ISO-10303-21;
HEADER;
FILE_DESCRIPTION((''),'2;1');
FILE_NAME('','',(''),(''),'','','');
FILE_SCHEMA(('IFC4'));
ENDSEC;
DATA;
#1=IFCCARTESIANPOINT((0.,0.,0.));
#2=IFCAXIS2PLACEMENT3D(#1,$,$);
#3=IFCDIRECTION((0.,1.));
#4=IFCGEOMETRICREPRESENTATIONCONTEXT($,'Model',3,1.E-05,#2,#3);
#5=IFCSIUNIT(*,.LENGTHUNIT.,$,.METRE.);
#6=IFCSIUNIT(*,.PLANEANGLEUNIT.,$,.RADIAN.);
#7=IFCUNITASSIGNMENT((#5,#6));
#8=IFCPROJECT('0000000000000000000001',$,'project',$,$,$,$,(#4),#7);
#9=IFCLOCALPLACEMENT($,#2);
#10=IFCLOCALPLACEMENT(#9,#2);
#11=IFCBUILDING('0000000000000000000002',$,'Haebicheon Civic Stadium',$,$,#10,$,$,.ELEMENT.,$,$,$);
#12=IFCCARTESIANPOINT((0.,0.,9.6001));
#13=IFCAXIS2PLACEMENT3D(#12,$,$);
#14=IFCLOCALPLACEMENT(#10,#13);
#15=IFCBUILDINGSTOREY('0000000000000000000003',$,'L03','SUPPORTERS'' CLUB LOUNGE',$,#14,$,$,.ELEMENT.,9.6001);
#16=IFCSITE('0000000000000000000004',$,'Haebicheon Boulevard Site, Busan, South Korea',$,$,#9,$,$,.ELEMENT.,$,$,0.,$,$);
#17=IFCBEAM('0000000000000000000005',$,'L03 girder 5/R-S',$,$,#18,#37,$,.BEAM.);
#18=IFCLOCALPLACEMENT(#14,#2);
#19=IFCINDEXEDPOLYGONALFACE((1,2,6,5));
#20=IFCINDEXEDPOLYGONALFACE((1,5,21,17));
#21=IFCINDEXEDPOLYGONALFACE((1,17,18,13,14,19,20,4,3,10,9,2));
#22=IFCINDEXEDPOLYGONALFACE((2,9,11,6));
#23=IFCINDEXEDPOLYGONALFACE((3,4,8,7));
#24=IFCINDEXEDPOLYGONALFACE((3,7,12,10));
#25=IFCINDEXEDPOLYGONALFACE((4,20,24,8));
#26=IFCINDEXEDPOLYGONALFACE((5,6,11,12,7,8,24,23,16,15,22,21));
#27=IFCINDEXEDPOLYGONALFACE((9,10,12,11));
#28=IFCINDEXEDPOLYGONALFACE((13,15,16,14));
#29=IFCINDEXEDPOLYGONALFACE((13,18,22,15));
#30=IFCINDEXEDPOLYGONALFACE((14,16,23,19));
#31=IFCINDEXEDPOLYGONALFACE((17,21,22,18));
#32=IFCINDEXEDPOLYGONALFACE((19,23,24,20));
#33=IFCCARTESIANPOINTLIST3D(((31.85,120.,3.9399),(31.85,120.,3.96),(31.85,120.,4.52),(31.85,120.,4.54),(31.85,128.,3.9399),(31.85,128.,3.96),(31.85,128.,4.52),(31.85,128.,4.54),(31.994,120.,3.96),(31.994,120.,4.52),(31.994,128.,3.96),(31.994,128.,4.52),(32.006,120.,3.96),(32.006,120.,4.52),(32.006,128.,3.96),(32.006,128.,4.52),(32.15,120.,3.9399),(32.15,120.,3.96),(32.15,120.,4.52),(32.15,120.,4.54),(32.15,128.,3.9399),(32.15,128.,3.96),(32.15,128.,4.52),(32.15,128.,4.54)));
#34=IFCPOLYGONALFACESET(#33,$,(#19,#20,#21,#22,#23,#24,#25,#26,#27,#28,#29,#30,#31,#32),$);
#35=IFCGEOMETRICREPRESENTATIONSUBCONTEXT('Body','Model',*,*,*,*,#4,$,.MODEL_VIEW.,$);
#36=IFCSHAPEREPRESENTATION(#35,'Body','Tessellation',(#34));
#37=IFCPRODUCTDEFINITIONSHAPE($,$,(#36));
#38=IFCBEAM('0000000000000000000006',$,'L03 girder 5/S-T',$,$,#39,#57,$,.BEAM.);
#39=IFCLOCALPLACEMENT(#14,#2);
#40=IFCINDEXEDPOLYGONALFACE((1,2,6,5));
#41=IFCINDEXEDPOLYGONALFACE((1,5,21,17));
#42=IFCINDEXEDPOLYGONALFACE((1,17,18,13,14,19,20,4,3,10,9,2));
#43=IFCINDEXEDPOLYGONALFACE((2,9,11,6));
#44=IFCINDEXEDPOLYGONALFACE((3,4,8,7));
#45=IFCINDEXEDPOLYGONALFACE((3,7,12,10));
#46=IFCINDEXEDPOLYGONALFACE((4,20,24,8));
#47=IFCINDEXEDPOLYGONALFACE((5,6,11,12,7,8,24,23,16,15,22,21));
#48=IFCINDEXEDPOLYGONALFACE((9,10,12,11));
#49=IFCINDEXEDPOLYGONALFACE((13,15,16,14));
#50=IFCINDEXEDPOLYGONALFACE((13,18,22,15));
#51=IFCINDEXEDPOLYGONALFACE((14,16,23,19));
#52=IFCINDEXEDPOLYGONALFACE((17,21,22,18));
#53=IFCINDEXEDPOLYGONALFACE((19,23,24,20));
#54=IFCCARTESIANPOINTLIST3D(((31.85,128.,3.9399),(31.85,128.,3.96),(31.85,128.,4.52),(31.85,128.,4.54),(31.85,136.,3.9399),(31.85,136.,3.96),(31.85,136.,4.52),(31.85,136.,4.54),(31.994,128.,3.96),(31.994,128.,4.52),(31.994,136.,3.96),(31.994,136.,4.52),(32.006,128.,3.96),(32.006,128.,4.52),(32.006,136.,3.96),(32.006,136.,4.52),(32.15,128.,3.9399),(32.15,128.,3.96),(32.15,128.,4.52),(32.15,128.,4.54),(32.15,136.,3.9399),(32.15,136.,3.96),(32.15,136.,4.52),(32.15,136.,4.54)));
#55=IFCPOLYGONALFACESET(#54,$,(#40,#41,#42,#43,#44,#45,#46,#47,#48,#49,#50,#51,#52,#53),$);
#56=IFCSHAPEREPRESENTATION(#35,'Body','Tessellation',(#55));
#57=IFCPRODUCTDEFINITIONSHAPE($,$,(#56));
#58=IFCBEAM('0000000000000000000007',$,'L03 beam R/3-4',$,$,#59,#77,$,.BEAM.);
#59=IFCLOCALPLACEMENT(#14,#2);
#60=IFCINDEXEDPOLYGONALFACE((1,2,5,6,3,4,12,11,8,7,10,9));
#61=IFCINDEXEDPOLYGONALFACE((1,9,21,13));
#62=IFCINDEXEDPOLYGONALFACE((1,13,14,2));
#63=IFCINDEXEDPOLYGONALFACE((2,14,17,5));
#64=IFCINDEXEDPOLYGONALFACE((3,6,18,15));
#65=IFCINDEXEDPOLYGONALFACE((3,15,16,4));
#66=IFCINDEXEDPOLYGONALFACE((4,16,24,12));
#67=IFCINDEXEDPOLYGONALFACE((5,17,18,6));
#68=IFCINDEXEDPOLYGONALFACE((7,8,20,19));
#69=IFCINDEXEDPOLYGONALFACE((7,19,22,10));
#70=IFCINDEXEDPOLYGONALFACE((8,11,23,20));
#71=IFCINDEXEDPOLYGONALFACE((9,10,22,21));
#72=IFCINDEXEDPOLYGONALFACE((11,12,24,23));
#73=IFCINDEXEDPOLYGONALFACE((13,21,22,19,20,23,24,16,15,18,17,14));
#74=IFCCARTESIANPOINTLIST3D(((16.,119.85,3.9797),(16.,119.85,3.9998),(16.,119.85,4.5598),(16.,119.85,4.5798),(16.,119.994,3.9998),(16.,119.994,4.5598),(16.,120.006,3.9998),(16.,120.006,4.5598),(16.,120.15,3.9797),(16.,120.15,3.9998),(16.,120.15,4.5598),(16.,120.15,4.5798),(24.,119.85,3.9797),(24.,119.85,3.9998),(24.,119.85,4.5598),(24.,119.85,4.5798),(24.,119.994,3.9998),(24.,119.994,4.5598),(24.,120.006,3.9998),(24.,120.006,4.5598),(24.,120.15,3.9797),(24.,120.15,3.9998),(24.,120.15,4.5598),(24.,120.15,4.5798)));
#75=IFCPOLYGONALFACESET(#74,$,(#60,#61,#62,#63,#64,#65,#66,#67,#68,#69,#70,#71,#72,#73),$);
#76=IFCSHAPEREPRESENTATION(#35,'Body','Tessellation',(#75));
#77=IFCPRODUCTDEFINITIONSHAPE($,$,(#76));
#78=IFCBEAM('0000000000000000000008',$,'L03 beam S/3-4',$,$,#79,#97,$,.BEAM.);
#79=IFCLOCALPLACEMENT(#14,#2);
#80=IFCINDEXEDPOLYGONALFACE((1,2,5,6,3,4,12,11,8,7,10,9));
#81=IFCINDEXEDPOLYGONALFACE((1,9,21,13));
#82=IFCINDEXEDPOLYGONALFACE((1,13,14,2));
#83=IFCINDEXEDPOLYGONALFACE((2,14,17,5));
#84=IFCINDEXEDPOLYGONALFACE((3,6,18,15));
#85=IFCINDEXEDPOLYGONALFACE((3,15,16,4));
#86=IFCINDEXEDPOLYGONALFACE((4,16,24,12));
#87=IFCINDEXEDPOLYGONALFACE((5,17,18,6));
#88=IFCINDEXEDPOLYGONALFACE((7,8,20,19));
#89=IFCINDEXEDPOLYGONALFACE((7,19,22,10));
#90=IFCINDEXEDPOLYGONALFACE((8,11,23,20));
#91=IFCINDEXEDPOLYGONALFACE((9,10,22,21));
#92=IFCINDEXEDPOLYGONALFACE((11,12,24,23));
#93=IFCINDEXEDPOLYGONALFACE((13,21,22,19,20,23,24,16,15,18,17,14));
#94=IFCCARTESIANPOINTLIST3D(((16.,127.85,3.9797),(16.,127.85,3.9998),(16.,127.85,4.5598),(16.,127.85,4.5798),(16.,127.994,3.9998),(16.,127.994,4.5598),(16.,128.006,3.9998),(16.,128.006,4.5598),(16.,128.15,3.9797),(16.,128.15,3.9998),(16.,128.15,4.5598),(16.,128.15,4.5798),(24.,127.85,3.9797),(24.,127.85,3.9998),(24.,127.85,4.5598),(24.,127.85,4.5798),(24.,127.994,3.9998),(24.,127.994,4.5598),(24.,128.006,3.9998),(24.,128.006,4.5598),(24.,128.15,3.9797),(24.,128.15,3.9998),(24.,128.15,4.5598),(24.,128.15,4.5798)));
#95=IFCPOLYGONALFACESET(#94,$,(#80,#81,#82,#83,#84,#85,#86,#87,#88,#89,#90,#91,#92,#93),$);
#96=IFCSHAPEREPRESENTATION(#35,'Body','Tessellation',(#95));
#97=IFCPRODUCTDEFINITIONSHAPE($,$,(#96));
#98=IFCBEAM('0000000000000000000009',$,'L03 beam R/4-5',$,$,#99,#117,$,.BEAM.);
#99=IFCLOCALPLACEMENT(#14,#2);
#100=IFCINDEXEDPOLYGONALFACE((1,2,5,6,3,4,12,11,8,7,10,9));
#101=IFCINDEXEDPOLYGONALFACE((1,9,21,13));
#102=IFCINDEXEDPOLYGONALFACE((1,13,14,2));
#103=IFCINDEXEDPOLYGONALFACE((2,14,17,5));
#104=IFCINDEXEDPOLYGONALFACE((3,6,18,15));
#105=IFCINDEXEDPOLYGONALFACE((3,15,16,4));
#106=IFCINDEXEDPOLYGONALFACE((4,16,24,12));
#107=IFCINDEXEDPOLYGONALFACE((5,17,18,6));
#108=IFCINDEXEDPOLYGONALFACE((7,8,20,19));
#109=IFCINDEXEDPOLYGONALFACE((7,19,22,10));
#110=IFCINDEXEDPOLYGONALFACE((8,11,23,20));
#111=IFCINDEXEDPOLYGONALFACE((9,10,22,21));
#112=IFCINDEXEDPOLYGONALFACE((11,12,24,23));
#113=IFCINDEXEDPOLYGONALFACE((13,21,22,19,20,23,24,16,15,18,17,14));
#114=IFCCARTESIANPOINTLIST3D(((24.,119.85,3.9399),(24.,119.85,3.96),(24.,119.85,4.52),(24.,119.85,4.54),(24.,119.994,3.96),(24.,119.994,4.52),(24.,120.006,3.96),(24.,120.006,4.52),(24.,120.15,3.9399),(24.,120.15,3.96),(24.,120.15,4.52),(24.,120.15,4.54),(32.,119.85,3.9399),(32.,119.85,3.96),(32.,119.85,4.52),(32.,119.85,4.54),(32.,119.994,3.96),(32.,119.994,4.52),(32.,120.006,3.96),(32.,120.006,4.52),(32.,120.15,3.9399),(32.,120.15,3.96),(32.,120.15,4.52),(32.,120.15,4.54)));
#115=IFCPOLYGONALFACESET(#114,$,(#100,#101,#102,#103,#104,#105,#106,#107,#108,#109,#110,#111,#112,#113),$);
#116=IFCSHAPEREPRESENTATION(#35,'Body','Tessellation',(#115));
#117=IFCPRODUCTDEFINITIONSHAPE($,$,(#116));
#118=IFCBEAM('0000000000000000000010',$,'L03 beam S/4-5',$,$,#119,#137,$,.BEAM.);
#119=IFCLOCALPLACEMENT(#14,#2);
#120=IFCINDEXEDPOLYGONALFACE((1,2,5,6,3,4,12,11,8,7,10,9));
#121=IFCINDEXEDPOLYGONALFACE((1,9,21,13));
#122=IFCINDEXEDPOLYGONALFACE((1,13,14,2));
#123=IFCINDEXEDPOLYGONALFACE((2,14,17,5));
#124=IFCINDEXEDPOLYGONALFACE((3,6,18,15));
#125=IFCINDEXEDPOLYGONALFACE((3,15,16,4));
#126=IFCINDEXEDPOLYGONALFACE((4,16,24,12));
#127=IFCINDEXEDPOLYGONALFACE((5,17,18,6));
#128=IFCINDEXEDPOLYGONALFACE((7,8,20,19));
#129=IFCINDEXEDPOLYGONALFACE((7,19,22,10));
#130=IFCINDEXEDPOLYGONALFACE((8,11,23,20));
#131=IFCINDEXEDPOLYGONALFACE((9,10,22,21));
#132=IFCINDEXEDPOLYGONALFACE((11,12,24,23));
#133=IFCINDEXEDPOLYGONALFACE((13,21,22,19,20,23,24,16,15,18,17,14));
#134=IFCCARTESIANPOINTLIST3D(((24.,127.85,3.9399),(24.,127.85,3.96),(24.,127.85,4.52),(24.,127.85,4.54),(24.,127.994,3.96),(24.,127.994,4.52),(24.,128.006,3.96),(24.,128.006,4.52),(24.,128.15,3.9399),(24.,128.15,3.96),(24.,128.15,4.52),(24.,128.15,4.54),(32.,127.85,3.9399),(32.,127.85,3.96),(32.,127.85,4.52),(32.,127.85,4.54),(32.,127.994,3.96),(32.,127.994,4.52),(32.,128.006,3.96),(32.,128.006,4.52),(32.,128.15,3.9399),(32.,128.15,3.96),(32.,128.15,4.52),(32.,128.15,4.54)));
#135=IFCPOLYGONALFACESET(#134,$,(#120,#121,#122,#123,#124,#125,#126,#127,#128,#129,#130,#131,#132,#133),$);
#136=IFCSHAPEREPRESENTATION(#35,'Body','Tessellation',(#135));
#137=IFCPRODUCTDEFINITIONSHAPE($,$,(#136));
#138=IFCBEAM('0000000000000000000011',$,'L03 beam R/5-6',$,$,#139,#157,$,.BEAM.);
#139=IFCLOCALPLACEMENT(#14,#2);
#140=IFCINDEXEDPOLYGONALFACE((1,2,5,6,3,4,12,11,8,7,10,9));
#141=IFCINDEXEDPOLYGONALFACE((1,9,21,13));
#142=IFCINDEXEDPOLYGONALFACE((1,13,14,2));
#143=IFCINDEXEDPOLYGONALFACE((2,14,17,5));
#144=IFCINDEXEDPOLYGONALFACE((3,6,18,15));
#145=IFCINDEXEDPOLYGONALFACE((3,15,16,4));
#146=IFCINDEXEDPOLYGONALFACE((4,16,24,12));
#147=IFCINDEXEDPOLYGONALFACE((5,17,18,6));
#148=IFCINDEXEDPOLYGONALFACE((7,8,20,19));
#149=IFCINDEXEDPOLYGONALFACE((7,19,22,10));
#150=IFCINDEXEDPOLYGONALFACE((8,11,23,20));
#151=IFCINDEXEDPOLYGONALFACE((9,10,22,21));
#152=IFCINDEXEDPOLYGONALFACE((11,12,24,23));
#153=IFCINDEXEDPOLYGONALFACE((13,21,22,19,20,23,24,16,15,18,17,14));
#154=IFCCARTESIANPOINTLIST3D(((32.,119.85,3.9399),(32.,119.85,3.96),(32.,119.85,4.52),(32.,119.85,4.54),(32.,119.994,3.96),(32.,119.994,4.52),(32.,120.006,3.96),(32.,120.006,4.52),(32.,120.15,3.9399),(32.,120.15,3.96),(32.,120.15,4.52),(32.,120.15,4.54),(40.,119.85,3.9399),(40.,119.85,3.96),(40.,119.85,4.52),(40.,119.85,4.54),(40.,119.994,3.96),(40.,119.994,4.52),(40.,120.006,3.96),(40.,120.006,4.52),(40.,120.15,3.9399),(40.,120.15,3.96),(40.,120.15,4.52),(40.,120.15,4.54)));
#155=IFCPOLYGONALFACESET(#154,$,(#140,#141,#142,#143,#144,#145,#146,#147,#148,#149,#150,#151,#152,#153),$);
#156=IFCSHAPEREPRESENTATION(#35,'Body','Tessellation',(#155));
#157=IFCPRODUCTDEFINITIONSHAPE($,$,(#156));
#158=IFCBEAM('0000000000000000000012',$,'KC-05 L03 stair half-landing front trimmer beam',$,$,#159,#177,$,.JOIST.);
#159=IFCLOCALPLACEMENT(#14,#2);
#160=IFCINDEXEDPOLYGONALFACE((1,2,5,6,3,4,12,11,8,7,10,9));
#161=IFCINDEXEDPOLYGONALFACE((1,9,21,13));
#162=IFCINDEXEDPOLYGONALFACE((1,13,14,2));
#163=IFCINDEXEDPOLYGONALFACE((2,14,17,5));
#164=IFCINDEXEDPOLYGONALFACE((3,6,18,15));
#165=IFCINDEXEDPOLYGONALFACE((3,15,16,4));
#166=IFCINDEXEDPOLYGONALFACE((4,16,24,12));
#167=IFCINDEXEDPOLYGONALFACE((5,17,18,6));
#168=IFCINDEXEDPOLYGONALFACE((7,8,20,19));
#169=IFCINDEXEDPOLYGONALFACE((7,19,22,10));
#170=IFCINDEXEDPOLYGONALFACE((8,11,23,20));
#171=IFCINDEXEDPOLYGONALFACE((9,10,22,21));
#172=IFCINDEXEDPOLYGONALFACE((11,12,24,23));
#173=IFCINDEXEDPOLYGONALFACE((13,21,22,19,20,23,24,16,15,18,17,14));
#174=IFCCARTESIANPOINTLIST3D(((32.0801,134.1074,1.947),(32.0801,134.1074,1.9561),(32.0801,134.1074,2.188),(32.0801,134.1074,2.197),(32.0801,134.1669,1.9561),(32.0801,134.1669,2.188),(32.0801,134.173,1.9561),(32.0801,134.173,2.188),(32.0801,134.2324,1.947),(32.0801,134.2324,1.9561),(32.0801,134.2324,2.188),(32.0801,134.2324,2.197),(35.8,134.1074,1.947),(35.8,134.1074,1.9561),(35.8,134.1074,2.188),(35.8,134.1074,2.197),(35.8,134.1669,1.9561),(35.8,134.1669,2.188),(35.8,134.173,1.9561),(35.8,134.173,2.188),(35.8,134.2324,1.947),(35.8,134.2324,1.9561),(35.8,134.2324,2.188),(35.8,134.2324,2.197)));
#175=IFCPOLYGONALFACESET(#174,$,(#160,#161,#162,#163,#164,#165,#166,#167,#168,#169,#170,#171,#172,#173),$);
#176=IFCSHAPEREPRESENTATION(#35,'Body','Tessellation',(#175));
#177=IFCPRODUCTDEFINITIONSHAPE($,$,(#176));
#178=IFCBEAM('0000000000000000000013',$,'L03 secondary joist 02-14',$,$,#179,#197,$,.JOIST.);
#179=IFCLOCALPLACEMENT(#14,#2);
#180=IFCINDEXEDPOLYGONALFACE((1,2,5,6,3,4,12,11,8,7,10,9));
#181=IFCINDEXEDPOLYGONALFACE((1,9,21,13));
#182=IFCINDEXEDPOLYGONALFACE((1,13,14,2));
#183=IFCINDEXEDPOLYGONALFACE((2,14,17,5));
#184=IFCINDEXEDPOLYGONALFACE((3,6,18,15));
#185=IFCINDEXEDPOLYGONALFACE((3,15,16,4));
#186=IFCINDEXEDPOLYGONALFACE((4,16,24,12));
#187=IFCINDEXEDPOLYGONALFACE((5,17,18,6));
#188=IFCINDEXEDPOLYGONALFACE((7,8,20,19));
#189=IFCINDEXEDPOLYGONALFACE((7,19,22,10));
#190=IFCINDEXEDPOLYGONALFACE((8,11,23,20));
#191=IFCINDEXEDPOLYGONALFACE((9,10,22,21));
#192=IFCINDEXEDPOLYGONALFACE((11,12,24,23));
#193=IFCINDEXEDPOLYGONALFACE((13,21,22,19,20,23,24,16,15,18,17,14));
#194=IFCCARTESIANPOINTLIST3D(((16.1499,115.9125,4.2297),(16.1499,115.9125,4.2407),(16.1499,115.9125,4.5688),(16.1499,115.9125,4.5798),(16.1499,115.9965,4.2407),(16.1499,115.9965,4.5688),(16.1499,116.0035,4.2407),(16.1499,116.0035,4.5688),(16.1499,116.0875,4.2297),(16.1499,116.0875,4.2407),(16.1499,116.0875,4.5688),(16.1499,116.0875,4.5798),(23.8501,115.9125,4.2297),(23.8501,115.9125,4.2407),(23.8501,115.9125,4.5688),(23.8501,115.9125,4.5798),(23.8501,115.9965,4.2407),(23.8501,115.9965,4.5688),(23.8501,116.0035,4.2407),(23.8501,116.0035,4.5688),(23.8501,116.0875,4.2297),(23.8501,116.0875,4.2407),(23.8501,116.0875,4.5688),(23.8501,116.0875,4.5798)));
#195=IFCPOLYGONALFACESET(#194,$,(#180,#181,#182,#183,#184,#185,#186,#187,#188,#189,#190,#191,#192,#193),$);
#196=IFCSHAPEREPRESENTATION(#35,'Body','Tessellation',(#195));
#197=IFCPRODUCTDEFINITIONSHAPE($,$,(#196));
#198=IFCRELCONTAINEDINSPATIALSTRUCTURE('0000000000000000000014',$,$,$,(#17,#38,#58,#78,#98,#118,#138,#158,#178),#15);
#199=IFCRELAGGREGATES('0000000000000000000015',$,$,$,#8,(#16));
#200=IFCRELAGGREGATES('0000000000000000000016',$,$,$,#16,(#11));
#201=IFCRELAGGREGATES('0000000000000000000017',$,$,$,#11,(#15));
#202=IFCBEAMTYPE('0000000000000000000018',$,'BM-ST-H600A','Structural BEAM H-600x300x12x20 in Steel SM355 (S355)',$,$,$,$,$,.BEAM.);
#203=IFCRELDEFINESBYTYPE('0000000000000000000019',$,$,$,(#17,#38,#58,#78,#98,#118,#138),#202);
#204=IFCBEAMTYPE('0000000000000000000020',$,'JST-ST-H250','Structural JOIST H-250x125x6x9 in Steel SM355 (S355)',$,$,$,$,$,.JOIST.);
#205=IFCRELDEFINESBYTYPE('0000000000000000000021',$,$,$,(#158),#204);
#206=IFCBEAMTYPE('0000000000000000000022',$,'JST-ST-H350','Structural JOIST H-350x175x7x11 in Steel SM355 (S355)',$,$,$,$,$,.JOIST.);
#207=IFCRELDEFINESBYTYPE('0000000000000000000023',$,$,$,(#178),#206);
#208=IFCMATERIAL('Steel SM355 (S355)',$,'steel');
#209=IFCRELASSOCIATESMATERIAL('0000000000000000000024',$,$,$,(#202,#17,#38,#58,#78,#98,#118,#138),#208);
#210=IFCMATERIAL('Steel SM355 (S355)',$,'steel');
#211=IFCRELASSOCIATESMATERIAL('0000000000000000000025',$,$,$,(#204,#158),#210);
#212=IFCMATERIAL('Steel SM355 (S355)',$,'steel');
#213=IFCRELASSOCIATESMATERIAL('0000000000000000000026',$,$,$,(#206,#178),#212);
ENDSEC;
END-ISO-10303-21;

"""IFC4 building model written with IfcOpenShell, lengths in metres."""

from ifc_helpers import new_model, si_unit, direction, frame, origin, origin_2d, place, context, subcontext, project, spatial, i_section, extrude, material, material_profile, profile_set, type_object, element, save


model = new_model("IFC4")

# Units and contexts
model_context = context("Model", 3, precision=1e-05, world=origin(), true_north=direction((0.0, 1.0)))
body_context = subcontext(model_context, "Body", "Model", "MODEL_VIEW")
ifc_project = project(units=[si_unit("LENGTHUNIT", "METRE"), si_unit("PLANEANGLEUNIT", "RADIAN")], contexts=[model_context])

# Site, building, storey
site_placement = place(None, origin())
site = spatial("IfcSite", under=ifc_project, at=site_placement, Name="Haebicheon Boulevard Site, Busan, South Korea", CompositionType="ELEMENT", RefElevation=0.0)
building_placement = place(site_placement, origin())
building = spatial("IfcBuilding", under=site, at=building_placement, Name="Haebicheon Civic Stadium", CompositionType="ELEMENT")
storey_placement = place(building_placement, frame((0.0, 0.0, 9.6001)))
storey = spatial("IfcBuildingStorey", under=building, at=storey_placement, Name="L03", Description="SUPPORTERS' CLUB LOUNGE", CompositionType="ELEMENT", Elevation=9.6001)

# Beams
ifc_material_1 = material(Name="Steel SM355 (S355)", Category="steel")
ifc_material_profile_1 = material_profile(ifc_material_1, i_section(OverallWidth=0.3, OverallDepth=0.6001, WebThickness=0.012, FlangeThickness=0.02, at=origin_2d()), Name="H-600x300x12x20")
ifc_profile_set_1 = profile_set([ifc_material_profile_1], Name="Steel SM355 (S355)")
beam_type_1 = type_object("IfcBeamType", Name="BM-ST-H600A", Description="Structural BEAM H-600x300x12x20 in Steel SM355 (S355)", PredefinedType="BEAM", material=ifc_profile_set_1)
for number, where, z_axis, x_axis, name in (
    (1, (32.0, 120.0, 4.24), (0.0, 1.0, 0.0), (-1.0, 0.0, 0.0), "L03 girder 5/R-S"),
    (2, (32.0, 128.0, 4.24), (0.0, 1.0, 0.0), (-1.0, 0.0, 0.0), "L03 girder 5/S-T"),
    (3, (16.0, 120.0, 4.2798), (1.0, 0.0, 0.0), (0.0, 1.0, 0.0), "L03 beam R/3-4"),
    (4, (16.0, 128.0, 4.2798), (1.0, 0.0, 0.0), (0.0, 1.0, 0.0), "L03 beam S/3-4"),
    (5, (24.0, 120.0, 4.24), (1.0, 0.0, 0.0), (0.0, 1.0, 0.0), "L03 beam R/4-5"),
    (6, (24.0, 128.0, 4.24), (1.0, 0.0, 0.0), (0.0, 1.0, 0.0), "L03 beam S/4-5"),
    (7, (32.0, 120.0, 4.24), (1.0, 0.0, 0.0), (0.0, 1.0, 0.0), "L03 beam R/5-6"),
):
    element("IfcBeam", number, at=place(storey_placement, frame(where, z_axis=z_axis, x_axis=x_axis)), inside=storey, type_object=beam_type_1, material=ifc_profile_set_1, Name=name, PredefinedType="BEAM", context=body_context, shape_type="SweptSolid", body=[
        extrude(i_section(OverallWidth=0.3, OverallDepth=0.6001, WebThickness=0.012, FlangeThickness=0.02, at=origin_2d()), origin(), (0.0, 0.0, 1.0), 8.0),
    ])
ifc_material_2 = material(Name="Steel SM355 (S355)", Category="steel")
ifc_material_profile_2 = material_profile(ifc_material_2, i_section(OverallWidth=0.125, OverallDepth=0.25, WebThickness=0.0061, FlangeThickness=0.009, at=origin_2d()), Name="H-250x125x6x9")
ifc_profile_set_2 = profile_set([ifc_material_profile_2], Name="Steel SM355 (S355)")
beam_type_2 = type_object("IfcBeamType", Name="JST-ST-H250", Description="Structural JOIST H-250x125x6x9 in Steel SM355 (S355)", PredefinedType="JOIST", material=ifc_profile_set_2)
beam_1_placement = place(storey_placement, frame((32.0801, 134.1699, 2.072), z_axis=(1.0, 0.0, 0.0), x_axis=(0.0, 1.0, 0.0)))
element("IfcBeam", 8, at=beam_1_placement, inside=storey, type_object=beam_type_2, material=ifc_profile_set_2, Name="KC-05 L03 stair half-landing front trimmer beam", PredefinedType="JOIST", context=body_context, shape_type="SweptSolid", body=[
    extrude(i_section(OverallWidth=0.125, OverallDepth=0.25, WebThickness=0.0061, FlangeThickness=0.009, at=origin_2d()), origin(), (0.0, 0.0, 1.0), 3.72),
])
ifc_material_3 = material(Name="Steel SM355 (S355)", Category="steel")
ifc_material_profile_3 = material_profile(ifc_material_3, i_section(OverallWidth=0.175, OverallDepth=0.3501, WebThickness=0.0071, FlangeThickness=0.011, at=origin_2d()), Name="H-350x175x7x11")
ifc_profile_set_3 = profile_set([ifc_material_profile_3], Name="Steel SM355 (S355)")
beam_type_3 = type_object("IfcBeamType", Name="JST-ST-H350", Description="Structural JOIST H-350x175x7x11 in Steel SM355 (S355)", PredefinedType="JOIST", material=ifc_profile_set_3)
for number, where, z_axis, x_axis, name in (
    (9, (16.1499, 116.0, 4.4048), (1.0, 0.0, 0.0), (0.0, 1.0, 0.0), "L03 secondary joist 02-14"),
):
    element("IfcBeam", number, at=place(storey_placement, frame(where, z_axis=z_axis, x_axis=x_axis)), inside=storey, type_object=beam_type_3, material=ifc_profile_set_3, Name=name, PredefinedType="JOIST", context=body_context, shape_type="SweptSolid", body=[
        extrude(i_section(OverallWidth=0.175, OverallDepth=0.3501, WebThickness=0.0071, FlangeThickness=0.011, at=origin_2d()), origin(), (0.0, 0.0, 1.0), 7.7002),
    ])

save(model, "model.ifc")
